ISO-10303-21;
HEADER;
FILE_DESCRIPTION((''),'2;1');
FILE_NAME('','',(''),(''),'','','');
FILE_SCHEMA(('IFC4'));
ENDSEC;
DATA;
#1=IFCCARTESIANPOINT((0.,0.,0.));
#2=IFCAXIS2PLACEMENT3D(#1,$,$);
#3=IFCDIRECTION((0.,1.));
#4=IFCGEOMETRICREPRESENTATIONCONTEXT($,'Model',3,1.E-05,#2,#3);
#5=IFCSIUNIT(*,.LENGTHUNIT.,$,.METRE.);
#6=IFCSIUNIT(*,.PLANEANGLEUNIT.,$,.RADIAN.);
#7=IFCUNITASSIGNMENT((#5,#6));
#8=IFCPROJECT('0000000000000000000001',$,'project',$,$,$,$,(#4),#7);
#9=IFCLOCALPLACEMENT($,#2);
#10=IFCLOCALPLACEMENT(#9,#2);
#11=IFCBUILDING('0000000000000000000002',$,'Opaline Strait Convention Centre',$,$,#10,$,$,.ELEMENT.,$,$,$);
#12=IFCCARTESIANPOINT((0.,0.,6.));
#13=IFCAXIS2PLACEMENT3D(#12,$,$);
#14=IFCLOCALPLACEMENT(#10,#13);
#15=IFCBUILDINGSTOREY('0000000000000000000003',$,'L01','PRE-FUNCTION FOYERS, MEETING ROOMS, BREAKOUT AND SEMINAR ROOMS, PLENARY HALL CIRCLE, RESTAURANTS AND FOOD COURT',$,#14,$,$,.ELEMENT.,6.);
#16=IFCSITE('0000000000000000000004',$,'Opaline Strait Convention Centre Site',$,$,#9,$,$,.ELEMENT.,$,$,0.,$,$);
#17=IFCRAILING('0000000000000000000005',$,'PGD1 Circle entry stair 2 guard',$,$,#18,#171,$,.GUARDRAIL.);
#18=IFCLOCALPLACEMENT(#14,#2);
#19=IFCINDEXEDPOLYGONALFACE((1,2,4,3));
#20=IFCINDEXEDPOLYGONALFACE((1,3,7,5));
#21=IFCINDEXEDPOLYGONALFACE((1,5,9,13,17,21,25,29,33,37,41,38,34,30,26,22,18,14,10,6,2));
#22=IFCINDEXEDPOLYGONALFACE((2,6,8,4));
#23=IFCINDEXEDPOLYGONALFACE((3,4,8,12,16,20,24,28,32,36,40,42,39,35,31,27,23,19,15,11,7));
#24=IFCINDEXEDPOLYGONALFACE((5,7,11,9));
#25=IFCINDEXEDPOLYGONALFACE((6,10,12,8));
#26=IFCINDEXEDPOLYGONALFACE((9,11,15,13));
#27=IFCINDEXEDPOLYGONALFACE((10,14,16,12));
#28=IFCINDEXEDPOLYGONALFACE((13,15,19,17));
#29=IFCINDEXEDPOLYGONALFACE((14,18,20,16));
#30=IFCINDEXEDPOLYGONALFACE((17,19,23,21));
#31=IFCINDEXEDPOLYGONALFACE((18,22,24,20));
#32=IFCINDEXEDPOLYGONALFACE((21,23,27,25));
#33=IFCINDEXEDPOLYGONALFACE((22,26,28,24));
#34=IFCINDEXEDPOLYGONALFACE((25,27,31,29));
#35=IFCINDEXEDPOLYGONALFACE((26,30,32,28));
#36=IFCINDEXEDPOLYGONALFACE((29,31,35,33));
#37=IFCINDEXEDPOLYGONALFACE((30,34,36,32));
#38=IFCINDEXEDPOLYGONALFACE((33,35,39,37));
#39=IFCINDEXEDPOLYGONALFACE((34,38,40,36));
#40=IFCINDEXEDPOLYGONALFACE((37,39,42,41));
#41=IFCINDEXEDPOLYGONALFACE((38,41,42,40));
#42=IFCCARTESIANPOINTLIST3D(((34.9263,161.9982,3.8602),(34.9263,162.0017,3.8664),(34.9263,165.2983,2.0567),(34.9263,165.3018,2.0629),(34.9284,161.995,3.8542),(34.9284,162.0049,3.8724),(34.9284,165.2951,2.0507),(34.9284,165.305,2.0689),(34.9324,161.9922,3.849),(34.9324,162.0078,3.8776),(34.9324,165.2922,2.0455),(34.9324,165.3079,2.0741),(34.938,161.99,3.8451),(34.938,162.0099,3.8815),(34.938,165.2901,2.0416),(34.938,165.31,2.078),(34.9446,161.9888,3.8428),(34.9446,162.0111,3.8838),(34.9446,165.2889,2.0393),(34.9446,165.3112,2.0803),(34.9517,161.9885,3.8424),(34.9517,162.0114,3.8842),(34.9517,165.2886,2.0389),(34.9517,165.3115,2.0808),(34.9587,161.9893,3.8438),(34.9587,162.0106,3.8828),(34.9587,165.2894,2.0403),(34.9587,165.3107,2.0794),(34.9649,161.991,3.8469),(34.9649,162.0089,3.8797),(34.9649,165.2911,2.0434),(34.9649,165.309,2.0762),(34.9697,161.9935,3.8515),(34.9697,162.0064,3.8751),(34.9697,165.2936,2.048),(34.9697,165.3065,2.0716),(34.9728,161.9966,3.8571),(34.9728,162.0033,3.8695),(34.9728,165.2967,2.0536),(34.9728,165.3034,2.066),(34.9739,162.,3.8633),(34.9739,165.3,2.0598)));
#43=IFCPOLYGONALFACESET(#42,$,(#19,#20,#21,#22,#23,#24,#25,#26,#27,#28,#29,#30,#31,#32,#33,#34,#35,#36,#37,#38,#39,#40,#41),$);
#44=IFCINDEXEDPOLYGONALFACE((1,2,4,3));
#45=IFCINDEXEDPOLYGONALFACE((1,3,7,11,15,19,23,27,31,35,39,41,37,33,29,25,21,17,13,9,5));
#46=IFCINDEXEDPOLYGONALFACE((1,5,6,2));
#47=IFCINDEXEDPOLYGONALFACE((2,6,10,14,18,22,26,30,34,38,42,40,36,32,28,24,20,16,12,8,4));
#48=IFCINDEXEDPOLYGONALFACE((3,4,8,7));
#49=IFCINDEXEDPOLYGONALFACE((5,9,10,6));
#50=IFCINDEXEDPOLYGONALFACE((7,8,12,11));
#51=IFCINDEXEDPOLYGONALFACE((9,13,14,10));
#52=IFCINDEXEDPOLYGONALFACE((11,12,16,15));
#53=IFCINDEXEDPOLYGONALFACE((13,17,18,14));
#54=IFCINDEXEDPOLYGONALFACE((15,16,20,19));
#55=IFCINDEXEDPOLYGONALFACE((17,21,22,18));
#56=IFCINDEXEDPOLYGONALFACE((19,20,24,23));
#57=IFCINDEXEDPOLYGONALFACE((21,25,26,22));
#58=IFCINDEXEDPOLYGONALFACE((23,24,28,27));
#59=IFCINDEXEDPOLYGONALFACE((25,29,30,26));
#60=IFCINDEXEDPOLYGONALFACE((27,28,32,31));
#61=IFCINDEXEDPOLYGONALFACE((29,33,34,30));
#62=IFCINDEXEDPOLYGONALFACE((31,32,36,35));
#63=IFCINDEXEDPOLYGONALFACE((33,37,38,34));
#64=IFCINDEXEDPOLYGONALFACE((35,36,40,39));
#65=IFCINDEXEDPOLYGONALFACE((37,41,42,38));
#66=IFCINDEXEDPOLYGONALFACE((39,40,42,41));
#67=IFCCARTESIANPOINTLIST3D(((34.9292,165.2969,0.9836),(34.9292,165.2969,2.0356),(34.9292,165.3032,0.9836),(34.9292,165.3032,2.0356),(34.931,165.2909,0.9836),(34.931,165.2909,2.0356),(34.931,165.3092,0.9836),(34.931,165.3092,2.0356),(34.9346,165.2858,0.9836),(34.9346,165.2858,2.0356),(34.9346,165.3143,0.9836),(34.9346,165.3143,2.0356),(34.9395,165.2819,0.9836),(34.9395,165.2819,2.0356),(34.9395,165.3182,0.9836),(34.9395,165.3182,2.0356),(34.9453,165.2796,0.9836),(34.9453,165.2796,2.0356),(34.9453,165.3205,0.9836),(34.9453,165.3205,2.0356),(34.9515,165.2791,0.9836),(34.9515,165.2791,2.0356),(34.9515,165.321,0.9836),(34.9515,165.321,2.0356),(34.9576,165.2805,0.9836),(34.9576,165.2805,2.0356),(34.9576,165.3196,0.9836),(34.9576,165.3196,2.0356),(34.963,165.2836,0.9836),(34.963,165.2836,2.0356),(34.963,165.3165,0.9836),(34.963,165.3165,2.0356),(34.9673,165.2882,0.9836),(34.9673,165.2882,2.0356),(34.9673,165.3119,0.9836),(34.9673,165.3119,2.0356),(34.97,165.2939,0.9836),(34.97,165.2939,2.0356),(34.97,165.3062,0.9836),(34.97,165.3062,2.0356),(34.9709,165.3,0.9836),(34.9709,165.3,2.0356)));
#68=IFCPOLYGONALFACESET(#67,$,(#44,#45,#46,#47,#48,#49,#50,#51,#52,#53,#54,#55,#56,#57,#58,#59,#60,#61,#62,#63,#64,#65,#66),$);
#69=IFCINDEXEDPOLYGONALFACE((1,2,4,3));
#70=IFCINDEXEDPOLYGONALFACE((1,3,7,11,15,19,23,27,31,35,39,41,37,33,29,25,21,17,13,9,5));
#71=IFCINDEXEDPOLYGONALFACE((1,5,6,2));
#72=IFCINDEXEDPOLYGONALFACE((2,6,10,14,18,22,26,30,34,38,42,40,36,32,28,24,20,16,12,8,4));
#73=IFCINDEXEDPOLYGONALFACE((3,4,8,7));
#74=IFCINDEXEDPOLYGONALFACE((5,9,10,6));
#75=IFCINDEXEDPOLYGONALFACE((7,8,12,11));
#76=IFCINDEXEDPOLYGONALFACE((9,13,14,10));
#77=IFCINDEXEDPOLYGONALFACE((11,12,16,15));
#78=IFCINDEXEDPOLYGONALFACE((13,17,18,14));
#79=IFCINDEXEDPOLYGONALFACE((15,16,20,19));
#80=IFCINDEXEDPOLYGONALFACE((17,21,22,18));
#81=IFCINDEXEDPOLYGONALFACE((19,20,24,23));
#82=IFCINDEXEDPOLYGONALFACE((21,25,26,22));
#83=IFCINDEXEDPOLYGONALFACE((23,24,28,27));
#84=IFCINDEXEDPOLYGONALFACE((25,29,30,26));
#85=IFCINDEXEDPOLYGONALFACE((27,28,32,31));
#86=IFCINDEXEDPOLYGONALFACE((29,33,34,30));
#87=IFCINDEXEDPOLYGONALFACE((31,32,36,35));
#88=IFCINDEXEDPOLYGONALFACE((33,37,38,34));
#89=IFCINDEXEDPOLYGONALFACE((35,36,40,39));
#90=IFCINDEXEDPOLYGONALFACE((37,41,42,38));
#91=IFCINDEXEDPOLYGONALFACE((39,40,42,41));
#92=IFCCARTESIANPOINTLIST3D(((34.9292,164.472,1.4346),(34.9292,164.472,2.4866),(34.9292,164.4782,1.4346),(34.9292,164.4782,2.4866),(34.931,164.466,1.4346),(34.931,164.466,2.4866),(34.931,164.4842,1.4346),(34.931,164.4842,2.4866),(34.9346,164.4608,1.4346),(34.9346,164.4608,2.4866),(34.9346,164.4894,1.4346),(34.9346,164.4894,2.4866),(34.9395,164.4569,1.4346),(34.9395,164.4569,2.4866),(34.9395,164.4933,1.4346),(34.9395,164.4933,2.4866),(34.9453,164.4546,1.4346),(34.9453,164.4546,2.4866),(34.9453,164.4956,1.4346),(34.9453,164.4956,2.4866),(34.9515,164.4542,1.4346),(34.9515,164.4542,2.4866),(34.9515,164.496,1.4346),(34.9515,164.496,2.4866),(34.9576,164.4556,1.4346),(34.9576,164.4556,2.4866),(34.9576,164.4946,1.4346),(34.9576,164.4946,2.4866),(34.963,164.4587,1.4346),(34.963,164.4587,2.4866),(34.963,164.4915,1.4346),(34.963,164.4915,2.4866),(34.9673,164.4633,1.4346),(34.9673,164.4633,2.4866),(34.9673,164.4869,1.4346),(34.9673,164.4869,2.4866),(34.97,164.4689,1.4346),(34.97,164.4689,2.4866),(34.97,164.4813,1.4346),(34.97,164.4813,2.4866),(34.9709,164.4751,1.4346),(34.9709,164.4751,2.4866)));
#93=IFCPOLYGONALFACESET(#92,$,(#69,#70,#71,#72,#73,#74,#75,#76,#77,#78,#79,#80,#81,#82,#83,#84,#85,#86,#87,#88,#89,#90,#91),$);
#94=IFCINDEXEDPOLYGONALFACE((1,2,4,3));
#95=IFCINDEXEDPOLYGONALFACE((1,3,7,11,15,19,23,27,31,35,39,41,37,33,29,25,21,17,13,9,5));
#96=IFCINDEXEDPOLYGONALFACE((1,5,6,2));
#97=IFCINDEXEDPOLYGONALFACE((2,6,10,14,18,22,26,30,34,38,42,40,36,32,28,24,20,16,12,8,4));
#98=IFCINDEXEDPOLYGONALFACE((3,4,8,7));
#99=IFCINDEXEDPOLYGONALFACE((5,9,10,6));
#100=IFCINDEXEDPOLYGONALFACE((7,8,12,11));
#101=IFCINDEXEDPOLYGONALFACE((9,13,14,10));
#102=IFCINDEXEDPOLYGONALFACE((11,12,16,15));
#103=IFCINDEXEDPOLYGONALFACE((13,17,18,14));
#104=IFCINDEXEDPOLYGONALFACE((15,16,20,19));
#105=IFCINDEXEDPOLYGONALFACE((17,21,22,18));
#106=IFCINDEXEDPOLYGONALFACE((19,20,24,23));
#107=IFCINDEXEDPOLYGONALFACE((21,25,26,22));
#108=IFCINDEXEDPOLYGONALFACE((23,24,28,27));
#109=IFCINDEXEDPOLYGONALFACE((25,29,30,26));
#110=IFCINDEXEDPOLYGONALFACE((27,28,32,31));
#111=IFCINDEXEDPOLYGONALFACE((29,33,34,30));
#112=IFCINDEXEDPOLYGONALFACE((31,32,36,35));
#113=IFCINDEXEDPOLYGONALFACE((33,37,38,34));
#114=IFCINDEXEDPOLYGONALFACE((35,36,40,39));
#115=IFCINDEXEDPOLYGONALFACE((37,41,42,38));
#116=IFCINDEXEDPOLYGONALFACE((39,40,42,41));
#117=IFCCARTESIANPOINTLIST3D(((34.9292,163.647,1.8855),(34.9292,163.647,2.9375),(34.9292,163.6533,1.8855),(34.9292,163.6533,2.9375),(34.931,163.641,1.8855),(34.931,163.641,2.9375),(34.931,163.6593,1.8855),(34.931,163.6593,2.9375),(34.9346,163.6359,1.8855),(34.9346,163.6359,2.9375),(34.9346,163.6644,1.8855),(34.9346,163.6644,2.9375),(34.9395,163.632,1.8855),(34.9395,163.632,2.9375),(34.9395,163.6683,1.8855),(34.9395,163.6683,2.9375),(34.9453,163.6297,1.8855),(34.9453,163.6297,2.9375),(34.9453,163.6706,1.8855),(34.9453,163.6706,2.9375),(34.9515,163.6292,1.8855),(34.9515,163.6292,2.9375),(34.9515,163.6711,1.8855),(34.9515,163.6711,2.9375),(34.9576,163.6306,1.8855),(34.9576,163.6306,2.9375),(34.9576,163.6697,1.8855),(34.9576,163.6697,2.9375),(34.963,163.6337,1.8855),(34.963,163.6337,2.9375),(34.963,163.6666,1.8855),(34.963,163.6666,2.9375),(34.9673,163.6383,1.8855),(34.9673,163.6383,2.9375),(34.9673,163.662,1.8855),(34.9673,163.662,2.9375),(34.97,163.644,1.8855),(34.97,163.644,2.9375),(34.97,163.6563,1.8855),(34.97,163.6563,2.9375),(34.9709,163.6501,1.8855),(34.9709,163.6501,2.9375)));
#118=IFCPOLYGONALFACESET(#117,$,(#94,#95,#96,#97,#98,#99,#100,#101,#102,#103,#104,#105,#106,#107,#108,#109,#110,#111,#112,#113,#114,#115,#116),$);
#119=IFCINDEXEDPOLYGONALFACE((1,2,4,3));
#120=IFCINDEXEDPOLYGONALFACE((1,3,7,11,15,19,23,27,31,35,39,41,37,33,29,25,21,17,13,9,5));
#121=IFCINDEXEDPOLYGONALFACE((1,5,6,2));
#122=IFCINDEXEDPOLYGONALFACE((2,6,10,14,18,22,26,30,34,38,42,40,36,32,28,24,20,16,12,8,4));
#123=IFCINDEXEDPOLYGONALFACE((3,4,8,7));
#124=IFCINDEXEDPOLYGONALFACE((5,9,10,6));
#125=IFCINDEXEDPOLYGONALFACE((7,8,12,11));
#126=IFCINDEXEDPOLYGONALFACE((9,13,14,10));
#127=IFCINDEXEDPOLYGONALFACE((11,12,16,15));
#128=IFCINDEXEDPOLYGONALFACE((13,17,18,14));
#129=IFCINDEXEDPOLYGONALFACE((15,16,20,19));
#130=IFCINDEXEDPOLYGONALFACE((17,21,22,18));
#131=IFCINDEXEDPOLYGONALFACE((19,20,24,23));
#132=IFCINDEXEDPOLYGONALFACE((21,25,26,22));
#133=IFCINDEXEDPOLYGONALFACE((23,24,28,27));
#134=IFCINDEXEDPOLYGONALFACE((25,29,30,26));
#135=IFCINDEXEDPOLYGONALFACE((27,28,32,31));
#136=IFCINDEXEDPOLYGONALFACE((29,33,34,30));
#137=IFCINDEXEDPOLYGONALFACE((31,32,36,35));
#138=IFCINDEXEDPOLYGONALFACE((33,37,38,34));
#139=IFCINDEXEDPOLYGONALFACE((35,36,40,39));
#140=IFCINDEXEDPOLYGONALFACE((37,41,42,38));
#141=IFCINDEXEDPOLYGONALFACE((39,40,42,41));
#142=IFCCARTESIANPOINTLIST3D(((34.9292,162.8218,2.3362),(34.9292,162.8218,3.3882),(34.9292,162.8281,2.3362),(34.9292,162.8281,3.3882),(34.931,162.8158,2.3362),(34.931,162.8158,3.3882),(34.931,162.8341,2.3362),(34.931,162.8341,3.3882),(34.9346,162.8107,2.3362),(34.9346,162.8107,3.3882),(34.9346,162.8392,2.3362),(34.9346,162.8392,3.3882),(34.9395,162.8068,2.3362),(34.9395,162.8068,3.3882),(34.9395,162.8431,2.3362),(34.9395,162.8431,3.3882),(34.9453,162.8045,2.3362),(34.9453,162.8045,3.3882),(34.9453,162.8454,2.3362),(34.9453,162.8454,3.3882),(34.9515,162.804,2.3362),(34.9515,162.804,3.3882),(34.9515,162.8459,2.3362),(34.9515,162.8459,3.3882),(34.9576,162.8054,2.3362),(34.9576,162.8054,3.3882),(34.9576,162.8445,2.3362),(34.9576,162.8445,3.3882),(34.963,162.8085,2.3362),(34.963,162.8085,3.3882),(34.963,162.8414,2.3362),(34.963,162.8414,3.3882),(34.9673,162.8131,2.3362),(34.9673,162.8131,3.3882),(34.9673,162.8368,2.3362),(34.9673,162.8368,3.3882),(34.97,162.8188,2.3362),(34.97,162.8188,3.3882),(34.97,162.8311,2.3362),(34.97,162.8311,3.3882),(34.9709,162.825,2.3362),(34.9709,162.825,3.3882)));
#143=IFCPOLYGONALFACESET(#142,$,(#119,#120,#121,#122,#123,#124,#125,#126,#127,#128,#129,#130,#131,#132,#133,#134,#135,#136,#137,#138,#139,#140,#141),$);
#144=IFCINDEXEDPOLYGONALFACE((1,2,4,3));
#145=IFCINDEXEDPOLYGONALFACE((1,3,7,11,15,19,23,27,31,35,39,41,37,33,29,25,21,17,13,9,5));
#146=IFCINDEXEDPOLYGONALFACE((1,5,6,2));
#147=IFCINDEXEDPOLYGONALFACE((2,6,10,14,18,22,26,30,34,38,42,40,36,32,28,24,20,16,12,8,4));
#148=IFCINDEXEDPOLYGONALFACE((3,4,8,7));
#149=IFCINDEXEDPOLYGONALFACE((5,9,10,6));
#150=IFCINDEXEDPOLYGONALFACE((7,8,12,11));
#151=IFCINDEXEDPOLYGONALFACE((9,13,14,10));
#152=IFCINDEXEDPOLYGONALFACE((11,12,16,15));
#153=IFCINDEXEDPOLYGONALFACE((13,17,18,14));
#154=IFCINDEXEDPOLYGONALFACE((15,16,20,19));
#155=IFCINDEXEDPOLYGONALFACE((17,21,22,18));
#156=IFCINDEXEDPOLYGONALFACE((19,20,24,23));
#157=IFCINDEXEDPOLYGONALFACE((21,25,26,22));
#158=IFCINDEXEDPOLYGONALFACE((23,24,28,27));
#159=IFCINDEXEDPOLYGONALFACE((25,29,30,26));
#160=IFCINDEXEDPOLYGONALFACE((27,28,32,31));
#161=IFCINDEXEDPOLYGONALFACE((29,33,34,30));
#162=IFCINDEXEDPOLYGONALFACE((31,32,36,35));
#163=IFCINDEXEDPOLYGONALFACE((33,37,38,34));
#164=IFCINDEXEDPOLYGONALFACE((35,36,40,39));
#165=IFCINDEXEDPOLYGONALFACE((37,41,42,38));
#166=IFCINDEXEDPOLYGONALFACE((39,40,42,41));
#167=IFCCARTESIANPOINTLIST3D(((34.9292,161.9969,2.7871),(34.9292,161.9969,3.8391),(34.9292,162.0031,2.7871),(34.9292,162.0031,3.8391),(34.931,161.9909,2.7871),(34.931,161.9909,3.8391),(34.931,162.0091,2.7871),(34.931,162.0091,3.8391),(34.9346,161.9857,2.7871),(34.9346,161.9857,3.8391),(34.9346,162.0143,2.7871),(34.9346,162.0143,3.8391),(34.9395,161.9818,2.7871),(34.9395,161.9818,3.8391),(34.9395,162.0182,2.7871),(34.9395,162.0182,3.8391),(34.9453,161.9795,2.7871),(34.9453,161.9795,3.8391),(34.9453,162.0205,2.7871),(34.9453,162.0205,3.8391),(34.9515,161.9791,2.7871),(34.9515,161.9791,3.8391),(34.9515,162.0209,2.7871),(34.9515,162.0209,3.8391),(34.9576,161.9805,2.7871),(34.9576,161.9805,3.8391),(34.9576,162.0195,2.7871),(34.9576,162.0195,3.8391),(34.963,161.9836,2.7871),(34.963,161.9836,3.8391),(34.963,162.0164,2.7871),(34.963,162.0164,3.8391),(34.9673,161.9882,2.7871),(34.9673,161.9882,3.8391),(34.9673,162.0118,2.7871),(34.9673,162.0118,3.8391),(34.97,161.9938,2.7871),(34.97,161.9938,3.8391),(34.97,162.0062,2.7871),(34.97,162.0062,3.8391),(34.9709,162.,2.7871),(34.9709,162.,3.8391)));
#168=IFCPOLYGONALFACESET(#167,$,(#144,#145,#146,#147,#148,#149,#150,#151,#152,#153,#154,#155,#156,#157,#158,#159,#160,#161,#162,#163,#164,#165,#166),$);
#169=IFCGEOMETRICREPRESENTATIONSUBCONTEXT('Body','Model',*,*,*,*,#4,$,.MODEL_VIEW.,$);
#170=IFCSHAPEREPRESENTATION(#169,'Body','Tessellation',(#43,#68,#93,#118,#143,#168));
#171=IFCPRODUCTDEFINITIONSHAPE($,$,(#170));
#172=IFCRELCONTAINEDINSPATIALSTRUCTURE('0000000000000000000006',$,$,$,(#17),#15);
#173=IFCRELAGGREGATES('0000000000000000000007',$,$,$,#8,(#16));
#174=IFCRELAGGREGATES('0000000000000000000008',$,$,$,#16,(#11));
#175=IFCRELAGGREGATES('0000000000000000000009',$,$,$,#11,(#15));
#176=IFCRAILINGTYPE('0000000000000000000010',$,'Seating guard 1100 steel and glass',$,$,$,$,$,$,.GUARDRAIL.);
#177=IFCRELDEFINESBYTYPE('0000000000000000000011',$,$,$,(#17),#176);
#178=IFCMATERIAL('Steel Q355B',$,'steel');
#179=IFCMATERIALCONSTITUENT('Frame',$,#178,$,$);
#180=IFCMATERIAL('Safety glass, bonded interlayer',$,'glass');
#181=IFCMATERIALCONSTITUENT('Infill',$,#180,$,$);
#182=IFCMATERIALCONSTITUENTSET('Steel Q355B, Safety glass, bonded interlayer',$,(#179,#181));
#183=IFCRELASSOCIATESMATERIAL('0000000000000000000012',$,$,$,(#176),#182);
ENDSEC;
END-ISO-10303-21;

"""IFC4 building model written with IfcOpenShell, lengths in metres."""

from ifc_helpers import new_model, si_unit, direction, frame, origin, origin_2d, place, context, subcontext, project, spatial, circle, extrude, material, constituent, constituent_set, type_object, element, save


model = new_model("IFC4")

# Units and contexts
model_context = context("Model", 3, precision=1e-05, world=origin(), true_north=direction((0.0, 1.0)))
body_context = subcontext(model_context, "Body", "Model", "MODEL_VIEW")
ifc_project = project(units=[si_unit("LENGTHUNIT", "METRE"), si_unit("PLANEANGLEUNIT", "RADIAN")], contexts=[model_context])

# Site, building, storey
site_placement = place(None, origin())
site = spatial("IfcSite", under=ifc_project, at=site_placement, Name="Opaline Strait Convention Centre Site", CompositionType="ELEMENT", RefElevation=0.0)
building_placement = place(site_placement, origin())
building = spatial("IfcBuilding", under=site, at=building_placement, Name="Opaline Strait Convention Centre", CompositionType="ELEMENT")
storey_placement = place(building_placement, frame((0.0, 0.0, 6.0)))
storey = spatial("IfcBuildingStorey", under=building, at=storey_placement, Name="L01", Description="PRE-FUNCTION FOYERS, MEETING ROOMS, BREAKOUT AND SEMINAR ROOMS, PLENARY HALL CIRCLE, RESTAURANTS AND FOOD COURT", CompositionType="ELEMENT", Elevation=6.0)

# Railing
ifc_material_1 = material(Name="Steel Q355B", Category="steel")
ifc_constituent_1 = constituent(ifc_material_1, Name="Frame")
ifc_material_2 = material(Name="Safety glass, bonded interlayer", Category="glass")
ifc_constituent_2 = constituent(ifc_material_2, Name="Infill")
ifc_constituent_set = constituent_set(constituents=[ifc_constituent_1, ifc_constituent_2], Name="Steel Q355B, Safety glass, bonded interlayer")
railing_type_1 = type_object("IfcRailingType", Name="Seating guard 1100 steel and glass", PredefinedType="GUARDRAIL", material=ifc_constituent_set)
for number, where, name in (
    (1, (34.95, 165.3, 0.9836), "PGD1 Circle entry stair 2 guard"),
):
    element("IfcRailing", number, at=place(storey_placement, frame(where)), inside=storey, type_object=railing_type_1, Name=name, PredefinedType="GUARDRAIL", context=body_context, shape_type="SweptSolid", body=[
        extrude(circle(Radius=0.0239, at=origin_2d()), frame((0.0, 0.0, 1.0762), z_axis=(0.0, -0.877511, 0.479557), x_axis=(1.0, 0.0, 0.0)), (0.0, 0.0, 1.0), 3.7607),
        extrude(circle(Radius=0.021, at=origin_2d()), origin(), (0.0, 0.0, 1.0), 1.052),
        extrude(circle(Radius=0.021, at=origin_2d()), frame((0.0, -0.825, 0.4509)), (0.0, 0.0, 1.0), 1.052),
        extrude(circle(Radius=0.021, at=origin_2d()), frame((0.0, -1.6499, 0.9019)), (0.0, 0.0, 1.0), 1.052),
        extrude(circle(Radius=0.021, at=origin_2d()), frame((0.0, -2.4751, 1.3525)), (0.0, 0.0, 1.0), 1.052),
        extrude(circle(Radius=0.021, at=origin_2d()), frame((0.0, -3.3, 1.8035)), (0.0, 0.0, 1.0), 1.052),
    ])

save(model, "model.ifc")
